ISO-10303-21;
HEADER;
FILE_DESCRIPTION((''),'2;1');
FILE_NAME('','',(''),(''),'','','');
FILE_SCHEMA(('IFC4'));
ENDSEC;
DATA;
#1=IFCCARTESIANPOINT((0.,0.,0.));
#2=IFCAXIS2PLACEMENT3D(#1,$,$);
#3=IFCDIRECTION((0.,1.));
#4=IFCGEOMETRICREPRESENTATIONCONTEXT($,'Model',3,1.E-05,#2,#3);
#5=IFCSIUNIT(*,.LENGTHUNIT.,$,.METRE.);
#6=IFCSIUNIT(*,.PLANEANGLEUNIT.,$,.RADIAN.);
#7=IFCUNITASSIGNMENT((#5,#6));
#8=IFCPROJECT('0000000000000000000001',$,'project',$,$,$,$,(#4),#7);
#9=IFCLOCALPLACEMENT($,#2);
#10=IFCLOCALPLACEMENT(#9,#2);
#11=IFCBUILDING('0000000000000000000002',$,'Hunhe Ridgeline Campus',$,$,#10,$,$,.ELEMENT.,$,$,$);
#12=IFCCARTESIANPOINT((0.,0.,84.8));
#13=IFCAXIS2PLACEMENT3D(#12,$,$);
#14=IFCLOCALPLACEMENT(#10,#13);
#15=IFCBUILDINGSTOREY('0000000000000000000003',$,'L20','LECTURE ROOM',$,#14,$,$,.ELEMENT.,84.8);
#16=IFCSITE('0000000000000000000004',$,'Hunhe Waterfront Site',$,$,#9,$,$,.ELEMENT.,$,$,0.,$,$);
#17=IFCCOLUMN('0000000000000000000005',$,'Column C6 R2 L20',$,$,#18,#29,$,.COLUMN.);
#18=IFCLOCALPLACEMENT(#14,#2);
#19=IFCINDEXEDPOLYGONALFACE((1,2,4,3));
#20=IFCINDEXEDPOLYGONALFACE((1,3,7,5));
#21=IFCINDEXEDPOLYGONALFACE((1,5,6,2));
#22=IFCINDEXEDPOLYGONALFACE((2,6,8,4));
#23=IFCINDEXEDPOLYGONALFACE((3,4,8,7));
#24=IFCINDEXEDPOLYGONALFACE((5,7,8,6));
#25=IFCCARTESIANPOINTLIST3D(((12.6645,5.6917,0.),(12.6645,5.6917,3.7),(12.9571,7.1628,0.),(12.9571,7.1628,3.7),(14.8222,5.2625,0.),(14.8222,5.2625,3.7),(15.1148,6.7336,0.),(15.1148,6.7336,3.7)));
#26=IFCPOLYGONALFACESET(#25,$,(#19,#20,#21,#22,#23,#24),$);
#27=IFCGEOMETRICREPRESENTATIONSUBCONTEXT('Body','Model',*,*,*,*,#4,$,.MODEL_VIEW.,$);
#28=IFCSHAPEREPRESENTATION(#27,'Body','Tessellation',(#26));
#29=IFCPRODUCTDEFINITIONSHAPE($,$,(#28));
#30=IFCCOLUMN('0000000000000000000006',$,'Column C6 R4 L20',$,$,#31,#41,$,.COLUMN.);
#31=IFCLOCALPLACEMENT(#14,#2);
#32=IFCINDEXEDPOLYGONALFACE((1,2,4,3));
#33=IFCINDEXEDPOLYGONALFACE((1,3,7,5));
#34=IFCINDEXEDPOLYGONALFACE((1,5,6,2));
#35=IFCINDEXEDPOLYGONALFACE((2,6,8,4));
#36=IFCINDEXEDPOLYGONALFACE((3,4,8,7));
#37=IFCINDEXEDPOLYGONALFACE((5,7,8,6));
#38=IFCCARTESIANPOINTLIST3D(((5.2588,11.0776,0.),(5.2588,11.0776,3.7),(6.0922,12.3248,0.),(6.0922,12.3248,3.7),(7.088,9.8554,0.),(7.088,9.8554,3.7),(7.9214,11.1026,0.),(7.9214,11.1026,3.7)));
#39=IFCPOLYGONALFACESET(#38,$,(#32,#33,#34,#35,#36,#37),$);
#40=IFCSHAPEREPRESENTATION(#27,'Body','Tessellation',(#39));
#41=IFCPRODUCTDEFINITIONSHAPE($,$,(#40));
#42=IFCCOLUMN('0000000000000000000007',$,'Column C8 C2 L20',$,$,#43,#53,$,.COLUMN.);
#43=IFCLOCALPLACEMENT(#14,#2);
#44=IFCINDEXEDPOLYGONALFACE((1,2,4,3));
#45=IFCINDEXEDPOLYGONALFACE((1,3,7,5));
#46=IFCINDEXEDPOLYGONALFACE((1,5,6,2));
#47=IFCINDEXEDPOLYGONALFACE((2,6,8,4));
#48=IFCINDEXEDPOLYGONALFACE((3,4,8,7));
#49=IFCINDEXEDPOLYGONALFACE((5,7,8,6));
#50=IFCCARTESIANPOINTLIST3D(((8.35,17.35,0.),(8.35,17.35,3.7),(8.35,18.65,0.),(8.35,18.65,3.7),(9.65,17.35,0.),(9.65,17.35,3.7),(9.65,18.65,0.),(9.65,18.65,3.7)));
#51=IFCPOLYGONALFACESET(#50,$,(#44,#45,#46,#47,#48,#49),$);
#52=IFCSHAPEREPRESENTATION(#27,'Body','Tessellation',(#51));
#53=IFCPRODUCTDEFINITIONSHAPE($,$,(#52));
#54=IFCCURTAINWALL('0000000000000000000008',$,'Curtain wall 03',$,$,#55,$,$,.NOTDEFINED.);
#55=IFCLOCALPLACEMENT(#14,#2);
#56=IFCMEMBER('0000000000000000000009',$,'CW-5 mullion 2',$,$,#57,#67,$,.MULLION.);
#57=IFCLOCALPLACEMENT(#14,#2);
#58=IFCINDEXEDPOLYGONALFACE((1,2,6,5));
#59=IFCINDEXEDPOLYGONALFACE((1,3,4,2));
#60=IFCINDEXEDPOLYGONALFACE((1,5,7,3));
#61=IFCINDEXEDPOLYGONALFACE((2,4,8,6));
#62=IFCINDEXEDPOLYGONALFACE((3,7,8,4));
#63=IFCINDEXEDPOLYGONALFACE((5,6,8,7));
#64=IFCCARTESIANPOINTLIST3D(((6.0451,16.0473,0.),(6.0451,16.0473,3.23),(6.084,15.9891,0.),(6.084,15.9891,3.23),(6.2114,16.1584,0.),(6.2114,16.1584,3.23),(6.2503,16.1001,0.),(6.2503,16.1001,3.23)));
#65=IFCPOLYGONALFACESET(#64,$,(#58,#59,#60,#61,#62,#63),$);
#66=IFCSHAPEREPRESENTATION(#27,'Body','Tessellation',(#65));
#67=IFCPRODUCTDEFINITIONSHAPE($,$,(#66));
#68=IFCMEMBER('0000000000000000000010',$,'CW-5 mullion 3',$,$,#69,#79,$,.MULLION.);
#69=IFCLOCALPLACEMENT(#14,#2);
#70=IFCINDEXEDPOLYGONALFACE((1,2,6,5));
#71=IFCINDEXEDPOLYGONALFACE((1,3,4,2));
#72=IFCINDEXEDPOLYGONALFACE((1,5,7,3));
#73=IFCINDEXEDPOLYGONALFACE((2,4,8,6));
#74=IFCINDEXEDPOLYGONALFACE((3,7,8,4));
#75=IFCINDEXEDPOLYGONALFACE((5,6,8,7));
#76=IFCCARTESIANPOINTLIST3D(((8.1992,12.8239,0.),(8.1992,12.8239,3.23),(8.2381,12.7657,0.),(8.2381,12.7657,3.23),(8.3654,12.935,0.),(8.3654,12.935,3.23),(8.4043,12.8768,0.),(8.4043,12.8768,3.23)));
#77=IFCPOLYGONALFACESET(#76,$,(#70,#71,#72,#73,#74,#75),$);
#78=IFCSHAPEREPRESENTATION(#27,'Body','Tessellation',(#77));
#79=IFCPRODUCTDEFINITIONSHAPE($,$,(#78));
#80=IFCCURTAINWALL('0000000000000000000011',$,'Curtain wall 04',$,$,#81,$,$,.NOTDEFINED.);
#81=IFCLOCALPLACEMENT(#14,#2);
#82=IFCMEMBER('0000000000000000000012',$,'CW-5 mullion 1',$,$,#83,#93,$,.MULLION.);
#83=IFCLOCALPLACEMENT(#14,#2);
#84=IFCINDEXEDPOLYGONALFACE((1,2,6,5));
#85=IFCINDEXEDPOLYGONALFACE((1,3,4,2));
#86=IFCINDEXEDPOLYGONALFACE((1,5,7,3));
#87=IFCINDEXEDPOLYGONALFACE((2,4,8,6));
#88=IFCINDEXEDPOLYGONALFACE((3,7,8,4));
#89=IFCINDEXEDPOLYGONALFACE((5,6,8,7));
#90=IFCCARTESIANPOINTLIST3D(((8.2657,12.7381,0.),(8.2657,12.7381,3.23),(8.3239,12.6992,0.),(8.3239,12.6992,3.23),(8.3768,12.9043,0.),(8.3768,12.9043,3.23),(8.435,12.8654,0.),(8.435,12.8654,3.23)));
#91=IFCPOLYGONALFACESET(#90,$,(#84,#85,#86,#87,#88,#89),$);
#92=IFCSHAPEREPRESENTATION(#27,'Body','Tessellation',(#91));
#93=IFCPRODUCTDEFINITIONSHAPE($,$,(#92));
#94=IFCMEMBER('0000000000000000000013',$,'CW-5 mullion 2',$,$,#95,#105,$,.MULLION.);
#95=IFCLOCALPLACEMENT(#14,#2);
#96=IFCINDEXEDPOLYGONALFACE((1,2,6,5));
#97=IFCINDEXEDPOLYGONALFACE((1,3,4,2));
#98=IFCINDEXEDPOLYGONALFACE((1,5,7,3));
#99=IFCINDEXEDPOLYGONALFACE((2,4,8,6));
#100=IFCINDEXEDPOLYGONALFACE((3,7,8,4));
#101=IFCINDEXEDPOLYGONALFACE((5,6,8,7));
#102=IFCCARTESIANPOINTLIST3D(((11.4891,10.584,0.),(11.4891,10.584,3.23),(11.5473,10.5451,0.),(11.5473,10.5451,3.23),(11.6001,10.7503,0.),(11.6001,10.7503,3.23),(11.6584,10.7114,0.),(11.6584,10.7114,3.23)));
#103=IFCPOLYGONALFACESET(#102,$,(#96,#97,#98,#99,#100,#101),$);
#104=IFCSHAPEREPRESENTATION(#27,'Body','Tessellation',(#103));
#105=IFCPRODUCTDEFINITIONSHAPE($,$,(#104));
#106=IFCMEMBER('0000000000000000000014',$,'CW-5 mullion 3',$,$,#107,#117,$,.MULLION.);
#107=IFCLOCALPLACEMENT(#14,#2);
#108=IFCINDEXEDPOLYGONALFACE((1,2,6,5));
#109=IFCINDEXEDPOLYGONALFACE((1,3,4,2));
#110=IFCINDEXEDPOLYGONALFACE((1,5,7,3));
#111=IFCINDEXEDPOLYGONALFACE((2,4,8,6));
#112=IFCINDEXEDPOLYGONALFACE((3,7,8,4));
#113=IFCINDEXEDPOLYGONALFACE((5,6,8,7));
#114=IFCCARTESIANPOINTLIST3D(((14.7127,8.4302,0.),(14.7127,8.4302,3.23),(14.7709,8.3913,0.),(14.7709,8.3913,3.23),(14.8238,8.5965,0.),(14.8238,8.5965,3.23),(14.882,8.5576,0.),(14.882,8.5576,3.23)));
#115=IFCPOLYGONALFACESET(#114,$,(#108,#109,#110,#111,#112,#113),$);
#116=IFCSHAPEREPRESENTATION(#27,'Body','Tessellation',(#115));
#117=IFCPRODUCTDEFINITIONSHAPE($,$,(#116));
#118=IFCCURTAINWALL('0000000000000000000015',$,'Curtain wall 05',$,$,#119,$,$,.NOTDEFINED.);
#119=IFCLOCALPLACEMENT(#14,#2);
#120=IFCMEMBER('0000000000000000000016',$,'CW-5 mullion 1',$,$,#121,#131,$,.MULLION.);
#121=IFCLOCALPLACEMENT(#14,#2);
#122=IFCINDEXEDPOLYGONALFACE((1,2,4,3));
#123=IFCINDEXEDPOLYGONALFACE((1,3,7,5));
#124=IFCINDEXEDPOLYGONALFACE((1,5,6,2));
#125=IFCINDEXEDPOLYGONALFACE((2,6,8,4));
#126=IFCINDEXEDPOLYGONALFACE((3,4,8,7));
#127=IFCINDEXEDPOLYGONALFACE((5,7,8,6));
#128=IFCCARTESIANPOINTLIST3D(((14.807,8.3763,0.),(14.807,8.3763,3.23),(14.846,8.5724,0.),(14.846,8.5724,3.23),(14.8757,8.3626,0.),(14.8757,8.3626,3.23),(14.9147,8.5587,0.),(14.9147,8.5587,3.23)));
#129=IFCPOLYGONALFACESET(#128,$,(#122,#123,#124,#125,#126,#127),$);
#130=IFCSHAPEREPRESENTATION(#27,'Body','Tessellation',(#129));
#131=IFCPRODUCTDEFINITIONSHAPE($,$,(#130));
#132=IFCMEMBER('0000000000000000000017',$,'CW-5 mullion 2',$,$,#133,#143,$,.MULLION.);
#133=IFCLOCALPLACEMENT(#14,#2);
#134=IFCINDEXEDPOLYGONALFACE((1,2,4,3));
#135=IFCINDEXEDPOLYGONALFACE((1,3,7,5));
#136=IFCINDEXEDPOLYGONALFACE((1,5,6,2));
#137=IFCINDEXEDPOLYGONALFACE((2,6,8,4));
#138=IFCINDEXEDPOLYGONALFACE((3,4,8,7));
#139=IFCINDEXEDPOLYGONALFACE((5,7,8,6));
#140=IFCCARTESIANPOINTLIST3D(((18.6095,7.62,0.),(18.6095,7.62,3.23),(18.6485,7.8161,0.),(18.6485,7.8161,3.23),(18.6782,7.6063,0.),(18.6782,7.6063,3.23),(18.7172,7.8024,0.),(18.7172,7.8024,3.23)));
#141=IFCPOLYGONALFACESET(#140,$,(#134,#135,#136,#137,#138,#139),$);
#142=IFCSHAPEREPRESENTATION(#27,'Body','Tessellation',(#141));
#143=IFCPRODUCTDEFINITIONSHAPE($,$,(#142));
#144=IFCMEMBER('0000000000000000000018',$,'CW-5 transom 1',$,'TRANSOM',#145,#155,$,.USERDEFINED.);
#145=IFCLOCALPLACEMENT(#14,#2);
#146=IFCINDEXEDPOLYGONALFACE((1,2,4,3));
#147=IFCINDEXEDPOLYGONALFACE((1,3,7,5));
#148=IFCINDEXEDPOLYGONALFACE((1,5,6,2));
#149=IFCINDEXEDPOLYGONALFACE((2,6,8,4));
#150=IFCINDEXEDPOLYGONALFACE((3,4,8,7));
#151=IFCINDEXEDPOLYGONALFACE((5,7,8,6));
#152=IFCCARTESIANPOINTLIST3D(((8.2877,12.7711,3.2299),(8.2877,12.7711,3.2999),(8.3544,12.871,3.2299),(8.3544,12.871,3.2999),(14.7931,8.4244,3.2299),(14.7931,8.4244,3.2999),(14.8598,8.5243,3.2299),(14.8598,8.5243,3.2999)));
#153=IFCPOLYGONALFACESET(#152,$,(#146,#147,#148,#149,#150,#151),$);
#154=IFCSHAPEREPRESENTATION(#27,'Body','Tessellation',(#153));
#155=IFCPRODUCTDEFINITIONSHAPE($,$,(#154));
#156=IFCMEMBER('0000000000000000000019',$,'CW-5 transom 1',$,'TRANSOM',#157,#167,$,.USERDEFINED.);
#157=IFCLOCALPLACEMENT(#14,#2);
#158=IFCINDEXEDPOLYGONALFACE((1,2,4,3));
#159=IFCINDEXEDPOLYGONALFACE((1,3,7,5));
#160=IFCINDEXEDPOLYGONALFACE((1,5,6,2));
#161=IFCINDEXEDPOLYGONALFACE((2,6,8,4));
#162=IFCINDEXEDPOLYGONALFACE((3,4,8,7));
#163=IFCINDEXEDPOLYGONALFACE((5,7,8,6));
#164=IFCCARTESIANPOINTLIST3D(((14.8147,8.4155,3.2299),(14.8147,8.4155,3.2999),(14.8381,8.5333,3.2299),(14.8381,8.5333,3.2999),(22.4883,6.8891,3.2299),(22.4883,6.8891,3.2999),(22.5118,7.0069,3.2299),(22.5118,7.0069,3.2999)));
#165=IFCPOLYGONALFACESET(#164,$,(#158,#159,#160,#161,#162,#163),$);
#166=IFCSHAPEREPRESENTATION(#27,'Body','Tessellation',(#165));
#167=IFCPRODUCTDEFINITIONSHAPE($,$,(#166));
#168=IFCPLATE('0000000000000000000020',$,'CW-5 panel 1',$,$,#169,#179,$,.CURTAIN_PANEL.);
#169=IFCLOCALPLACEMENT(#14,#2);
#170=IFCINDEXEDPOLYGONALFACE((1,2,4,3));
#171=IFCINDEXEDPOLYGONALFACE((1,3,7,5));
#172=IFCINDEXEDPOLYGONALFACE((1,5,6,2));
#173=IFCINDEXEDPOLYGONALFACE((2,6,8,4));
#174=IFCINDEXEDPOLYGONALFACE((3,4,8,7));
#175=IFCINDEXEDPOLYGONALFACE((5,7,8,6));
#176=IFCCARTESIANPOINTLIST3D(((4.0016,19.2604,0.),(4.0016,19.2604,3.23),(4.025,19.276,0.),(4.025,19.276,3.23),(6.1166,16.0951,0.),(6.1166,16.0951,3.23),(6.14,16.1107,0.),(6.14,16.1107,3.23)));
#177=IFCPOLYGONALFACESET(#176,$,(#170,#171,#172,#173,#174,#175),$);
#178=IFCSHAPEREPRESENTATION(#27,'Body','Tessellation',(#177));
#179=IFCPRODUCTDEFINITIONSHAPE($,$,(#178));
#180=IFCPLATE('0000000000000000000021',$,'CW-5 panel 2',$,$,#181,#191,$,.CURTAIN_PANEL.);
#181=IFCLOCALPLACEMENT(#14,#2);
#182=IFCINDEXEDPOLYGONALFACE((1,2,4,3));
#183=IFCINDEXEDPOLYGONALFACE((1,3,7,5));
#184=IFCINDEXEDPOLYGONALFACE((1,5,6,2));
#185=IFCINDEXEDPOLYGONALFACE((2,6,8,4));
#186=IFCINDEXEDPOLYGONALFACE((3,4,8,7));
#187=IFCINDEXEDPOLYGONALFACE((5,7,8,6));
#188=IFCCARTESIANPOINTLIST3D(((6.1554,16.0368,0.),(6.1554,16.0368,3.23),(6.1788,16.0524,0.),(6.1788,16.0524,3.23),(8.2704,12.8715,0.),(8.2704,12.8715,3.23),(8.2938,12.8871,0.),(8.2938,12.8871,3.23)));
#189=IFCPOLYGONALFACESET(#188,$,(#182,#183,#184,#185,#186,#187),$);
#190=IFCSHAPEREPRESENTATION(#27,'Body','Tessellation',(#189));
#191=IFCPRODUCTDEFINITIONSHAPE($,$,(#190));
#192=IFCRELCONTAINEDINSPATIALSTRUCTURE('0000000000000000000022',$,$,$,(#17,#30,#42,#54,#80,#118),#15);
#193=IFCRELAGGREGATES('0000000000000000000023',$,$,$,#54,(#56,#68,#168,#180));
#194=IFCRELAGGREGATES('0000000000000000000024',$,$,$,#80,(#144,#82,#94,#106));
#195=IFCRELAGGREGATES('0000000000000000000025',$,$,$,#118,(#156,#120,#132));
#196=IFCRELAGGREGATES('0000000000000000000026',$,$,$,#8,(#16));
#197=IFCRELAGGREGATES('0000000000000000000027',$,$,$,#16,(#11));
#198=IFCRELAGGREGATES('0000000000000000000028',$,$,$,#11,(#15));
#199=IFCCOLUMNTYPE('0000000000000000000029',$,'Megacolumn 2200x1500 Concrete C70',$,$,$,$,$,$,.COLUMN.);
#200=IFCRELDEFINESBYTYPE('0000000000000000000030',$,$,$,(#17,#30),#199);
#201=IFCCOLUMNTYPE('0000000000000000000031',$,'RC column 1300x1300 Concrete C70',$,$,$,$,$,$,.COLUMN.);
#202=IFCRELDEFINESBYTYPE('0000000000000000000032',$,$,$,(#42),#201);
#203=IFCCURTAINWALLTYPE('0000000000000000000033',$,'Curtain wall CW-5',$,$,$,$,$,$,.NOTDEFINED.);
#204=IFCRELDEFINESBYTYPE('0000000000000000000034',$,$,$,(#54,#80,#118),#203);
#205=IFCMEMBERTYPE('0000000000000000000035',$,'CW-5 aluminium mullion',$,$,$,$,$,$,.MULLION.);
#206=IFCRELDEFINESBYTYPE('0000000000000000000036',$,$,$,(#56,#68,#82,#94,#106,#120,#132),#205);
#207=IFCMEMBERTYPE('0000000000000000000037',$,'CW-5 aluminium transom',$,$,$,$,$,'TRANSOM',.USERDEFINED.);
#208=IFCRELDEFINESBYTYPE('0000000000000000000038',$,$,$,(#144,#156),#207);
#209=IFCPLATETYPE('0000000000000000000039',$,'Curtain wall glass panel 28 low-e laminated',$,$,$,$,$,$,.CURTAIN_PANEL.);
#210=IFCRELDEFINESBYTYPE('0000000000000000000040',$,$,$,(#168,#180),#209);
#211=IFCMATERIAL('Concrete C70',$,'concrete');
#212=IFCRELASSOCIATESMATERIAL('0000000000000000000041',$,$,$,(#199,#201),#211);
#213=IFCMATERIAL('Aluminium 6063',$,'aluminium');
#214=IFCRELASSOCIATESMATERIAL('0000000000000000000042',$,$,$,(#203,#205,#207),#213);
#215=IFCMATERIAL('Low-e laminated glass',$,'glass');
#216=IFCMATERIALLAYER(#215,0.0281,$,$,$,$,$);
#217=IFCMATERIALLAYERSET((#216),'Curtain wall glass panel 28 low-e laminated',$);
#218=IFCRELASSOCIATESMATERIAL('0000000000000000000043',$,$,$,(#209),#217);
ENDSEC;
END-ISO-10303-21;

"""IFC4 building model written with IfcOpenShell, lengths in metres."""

from ifc_helpers import new_model, si_unit, direction, frame, origin, origin_2d, place, context, subcontext, project, spatial, rectangle, extrude, material, layer, layer_set, material_profile, profile_set, type_object, element, aggregate, save


model = new_model("IFC4")

# Units and contexts
model_context = context("Model", 3, precision=1e-05, world=origin(), true_north=direction((0.0, 1.0)))
body_context = subcontext(model_context, "Body", "Model", "MODEL_VIEW")
ifc_project = project(units=[si_unit("LENGTHUNIT", "METRE"), si_unit("PLANEANGLEUNIT", "RADIAN")], contexts=[model_context])

# Site, building, storey
site_placement = place(None, origin())
site = spatial("IfcSite", under=ifc_project, at=site_placement, Name="Hunhe Waterfront Site", CompositionType="ELEMENT", RefElevation=0.0)
building_placement = place(site_placement, origin())
building = spatial("IfcBuilding", under=site, at=building_placement, Name="Hunhe Ridgeline Campus", CompositionType="ELEMENT")
storey_placement = place(building_placement, frame((0.0, 0.0, 84.8)))
storey = spatial("IfcBuildingStorey", under=building, at=storey_placement, Name="L20", Description="LECTURE ROOM", CompositionType="ELEMENT", Elevation=84.8)

# Columns
ifc_material_1 = material(Name="Concrete C70", Category="concrete")
ifc_material_profile_1 = material_profile(ifc_material_1, rectangle(XDim=2.2, YDim=1.5, at=origin_2d()))
ifc_profile_set_1 = profile_set([ifc_material_profile_1], Name="Concrete C70")
column_type_1 = type_object("IfcColumnType", Name="Megacolumn 2200x1500 Concrete C70", PredefinedType="COLUMN", material=ifc_profile_set_1)
for number, where, z_axis, x_axis, name in (
    (1, (13.8896, 6.2126, 0.0), (0.0, 0.0, 1.0), (-0.980785, 0.19509, 0.0), "Column C6 R2 L20"),
    (2, (6.5901, 11.0901, 0.0), (0.0, 0.0, 1.0), (-0.83147, 0.55557, 0.0), "Column C6 R4 L20"),
):
    element("IfcColumn", number, at=place(storey_placement, frame(where, z_axis=z_axis, x_axis=x_axis)), inside=storey, type_object=column_type_1, Name=name, PredefinedType="COLUMN", context=body_context, shape_type="SweptSolid", body=[
        extrude(rectangle(XDim=2.2, YDim=1.5, at=origin_2d()), origin(), (0.0, 0.0, 1.0), 3.7),
    ])
ifc_material_profile_2 = material_profile(ifc_material_1, rectangle(XDim=1.3, YDim=1.3, at=origin_2d()))
ifc_profile_set_2 = profile_set([ifc_material_profile_2], Name="Concrete C70")
column_type_2 = type_object("IfcColumnType", Name="RC column 1300x1300 Concrete C70", PredefinedType="COLUMN", material=ifc_profile_set_2)
column_placement = place(storey_placement, frame((9.0, 18.0, 0.0), z_axis=(0.0, 0.0, 1.0), x_axis=(1.0, 0.0, 0.0)))
element("IfcColumn", 3, at=column_placement, inside=storey, type_object=column_type_2, Name="Column C8 C2 L20", PredefinedType="COLUMN", context=body_context, shape_type="SweptSolid", body=[
    extrude(rectangle(XDim=1.3, YDim=1.3, at=origin_2d()), origin(), (0.0, 0.0, 1.0), 3.7),
])

# Curtain walls, members
ifc_material_2 = material(Name="Aluminium 6063", Category="aluminium")
curtain_wall_type = type_object("IfcCurtainWallType", Name="Curtain wall CW-5", PredefinedType="NOTDEFINED", material=ifc_material_2)
curtain_wall_1_placement = place(storey_placement, origin())
curtain_wall_1 = element("IfcCurtainWall", 4, at=curtain_wall_1_placement, inside=storey, type_object=curtain_wall_type, Name="Curtain wall 03", PredefinedType="NOTDEFINED")
ifc_material_profile_3 = material_profile(ifc_material_2, rectangle(XDim=0.2, YDim=0.0701, at=origin_2d()))
ifc_profile_set_3 = profile_set([ifc_material_profile_3], Name="Aluminium 6063")
member_type_1 = type_object("IfcMemberType", Name="CW-5 aluminium mullion", PredefinedType="MULLION", material=ifc_profile_set_3)
member_1_placement = place(storey_placement, frame((6.1477, 16.0737, 0.0), z_axis=(0.0, 0.0, 1.0), x_axis=(0.83147, 0.55557, 0.0)))
member_1 = element("IfcMember", 5, at=member_1_placement, type_object=member_type_1, Name="CW-5 mullion 2", PredefinedType="MULLION", context=body_context, shape_type="SweptSolid", body=[
    extrude(rectangle(XDim=0.2, YDim=0.0701, at=origin_2d()), origin(), (0.0, 0.0, 1.0), 3.23),
])
member_2_placement = place(storey_placement, frame((8.3018, 12.8503, 0.0), z_axis=(0.0, 0.0, 1.0), x_axis=(0.83147, 0.55557, 0.0)))
member_2 = element("IfcMember", 6, at=member_2_placement, type_object=member_type_1, Name="CW-5 mullion 3", PredefinedType="MULLION", context=body_context, shape_type="SweptSolid", body=[
    extrude(rectangle(XDim=0.2, YDim=0.0701, at=origin_2d()), origin(), (0.0, 0.0, 1.0), 3.23),
])
curtain_wall_2_placement = place(storey_placement, origin())
curtain_wall_2 = element("IfcCurtainWall", 7, at=curtain_wall_2_placement, inside=storey, type_object=curtain_wall_type, Name="Curtain wall 04", PredefinedType="NOTDEFINED")
member_3_placement = place(storey_placement, frame((8.3503, 12.8018, 0.0), z_axis=(0.0, 0.0, 1.0), x_axis=(0.55557, 0.83147, 0.0)))
member_3 = element("IfcMember", 8, at=member_3_placement, type_object=member_type_1, Name="CW-5 mullion 1", PredefinedType="MULLION", context=body_context, shape_type="SweptSolid", body=[
    extrude(rectangle(XDim=0.2, YDim=0.0701, at=origin_2d()), origin(), (0.0, 0.0, 1.0), 3.23),
])
member_4_placement = place(storey_placement, frame((11.5737, 10.6477, 0.0), z_axis=(0.0, 0.0, 1.0), x_axis=(0.55557, 0.83147, 0.0)))
member_4 = element("IfcMember", 9, at=member_4_placement, type_object=member_type_1, Name="CW-5 mullion 2", PredefinedType="MULLION", context=body_context, shape_type="SweptSolid", body=[
    extrude(rectangle(XDim=0.2, YDim=0.0701, at=origin_2d()), origin(), (0.0, 0.0, 1.0), 3.23),
])
member_5_placement = place(storey_placement, frame((14.7974, 8.4939, 0.0), z_axis=(0.0, 0.0, 1.0), x_axis=(0.55557, 0.83147, 0.0)))
member_5 = element("IfcMember", 10, at=member_5_placement, type_object=member_type_1, Name="CW-5 mullion 3", PredefinedType="MULLION", context=body_context, shape_type="SweptSolid", body=[
    extrude(rectangle(XDim=0.2, YDim=0.0701, at=origin_2d()), origin(), (0.0, 0.0, 1.0), 3.23),
])
curtain_wall_3_placement = place(storey_placement, origin())
curtain_wall_3 = element("IfcCurtainWall", 11, at=curtain_wall_3_placement, inside=storey, type_object=curtain_wall_type, Name="Curtain wall 05", PredefinedType="NOTDEFINED")
member_6_placement = place(storey_placement, frame((14.8608, 8.4675, 0.0), z_axis=(0.0, 0.0, 1.0), x_axis=(0.19509, 0.980785, 0.0)))
member_6 = element("IfcMember", 12, at=member_6_placement, type_object=member_type_1, Name="CW-5 mullion 1", PredefinedType="MULLION", context=body_context, shape_type="SweptSolid", body=[
    extrude(rectangle(XDim=0.2, YDim=0.0701, at=origin_2d()), origin(), (0.0, 0.0, 1.0), 3.23),
])
member_7_placement = place(storey_placement, frame((18.6633, 7.7112, 0.0), z_axis=(0.0, 0.0, 1.0), x_axis=(0.19509, 0.980785, 0.0)))
member_7 = element("IfcMember", 13, at=member_7_placement, type_object=member_type_1, Name="CW-5 mullion 2", PredefinedType="MULLION", context=body_context, shape_type="SweptSolid", body=[
    extrude(rectangle(XDim=0.2, YDim=0.0701, at=origin_2d()), origin(), (0.0, 0.0, 1.0), 3.23),
])

# Members
ifc_material_profile_4 = material_profile(ifc_material_2, rectangle(XDim=0.1201, YDim=0.0701, at=origin_2d()))
ifc_profile_set_4 = profile_set([ifc_material_profile_4], Name="Aluminium 6063")
member_type_2 = type_object("IfcMemberType", Name="CW-5 aluminium transom", ElementType="TRANSOM", PredefinedType="USERDEFINED", material=ifc_profile_set_4)
member_8_placement = place(storey_placement, frame((8.321, 12.821, 3.2649), z_axis=(0.831474, -0.555564, 0.0), x_axis=(0.555564, 0.831474, 0.0)))
member_8 = element("IfcMember", 14, at=member_8_placement, type_object=member_type_2, Name="CW-5 transom 1", ObjectType="TRANSOM", PredefinedType="USERDEFINED", context=body_context, shape_type="SweptSolid", body=[
    extrude(rectangle(XDim=0.1201, YDim=0.0701, at=origin_2d()), origin(), (0.0, 0.0, 1.0), 7.824),
])
member_9_placement = place(storey_placement, frame((14.8264, 8.4744, 3.2649), z_axis=(0.980785, -0.19509, 0.0), x_axis=(0.19509, 0.980785, 0.0)))
member_9 = element("IfcMember", 15, at=member_9_placement, type_object=member_type_2, Name="CW-5 transom 1", ObjectType="TRANSOM", PredefinedType="USERDEFINED", context=body_context, shape_type="SweptSolid", body=[
    extrude(rectangle(XDim=0.1201, YDim=0.0701, at=origin_2d()), origin(), (0.0, 0.0, 1.0), 7.824),
])

# Plates
ifc_material_3 = material(Name="Low-e laminated glass", Category="glass")
ifc_layer_1 = layer(ifc_material_3, 0.0281)
ifc_layer_set_1 = layer_set([ifc_layer_1], Name="Curtain wall glass panel 28 low-e laminated")
plate_type = type_object("IfcPlateType", Name="Curtain wall glass panel 28 low-e laminated", PredefinedType="CURTAIN_PANEL", material=ifc_layer_set_1)
plate_1_placement = place(storey_placement, frame((5.0708, 17.6855, 0.0), z_axis=(0.0, 0.0, 1.0), x_axis=(0.55557, -0.83147, 0.0)))
plate_1 = element("IfcPlate", 16, at=plate_1_placement, type_object=plate_type, Name="CW-5 panel 1", PredefinedType="CURTAIN_PANEL", context=body_context, shape_type="SweptSolid", body=[
    extrude(rectangle(XDim=3.8069, YDim=0.0281, at=origin_2d()), origin(), (0.0, 0.0, 1.0), 3.23),
])
plate_2_placement = place(storey_placement, frame((7.2246, 14.4619, 0.0), z_axis=(0.0, 0.0, 1.0), x_axis=(0.55557, -0.83147, 0.0)))
plate_2 = element("IfcPlate", 17, at=plate_2_placement, type_object=plate_type, Name="CW-5 panel 2", PredefinedType="CURTAIN_PANEL", context=body_context, shape_type="SweptSolid", body=[
    extrude(rectangle(XDim=3.8069, YDim=0.0281, at=origin_2d()), origin(), (0.0, 0.0, 1.0), 3.23),
])
aggregate(curtain_wall_1, [member_1, member_2, plate_1, plate_2])
aggregate(curtain_wall_2, [member_8, member_3, member_4, member_5])
aggregate(curtain_wall_3, [member_9, member_6, member_7])

save(model, "model.ifc")
